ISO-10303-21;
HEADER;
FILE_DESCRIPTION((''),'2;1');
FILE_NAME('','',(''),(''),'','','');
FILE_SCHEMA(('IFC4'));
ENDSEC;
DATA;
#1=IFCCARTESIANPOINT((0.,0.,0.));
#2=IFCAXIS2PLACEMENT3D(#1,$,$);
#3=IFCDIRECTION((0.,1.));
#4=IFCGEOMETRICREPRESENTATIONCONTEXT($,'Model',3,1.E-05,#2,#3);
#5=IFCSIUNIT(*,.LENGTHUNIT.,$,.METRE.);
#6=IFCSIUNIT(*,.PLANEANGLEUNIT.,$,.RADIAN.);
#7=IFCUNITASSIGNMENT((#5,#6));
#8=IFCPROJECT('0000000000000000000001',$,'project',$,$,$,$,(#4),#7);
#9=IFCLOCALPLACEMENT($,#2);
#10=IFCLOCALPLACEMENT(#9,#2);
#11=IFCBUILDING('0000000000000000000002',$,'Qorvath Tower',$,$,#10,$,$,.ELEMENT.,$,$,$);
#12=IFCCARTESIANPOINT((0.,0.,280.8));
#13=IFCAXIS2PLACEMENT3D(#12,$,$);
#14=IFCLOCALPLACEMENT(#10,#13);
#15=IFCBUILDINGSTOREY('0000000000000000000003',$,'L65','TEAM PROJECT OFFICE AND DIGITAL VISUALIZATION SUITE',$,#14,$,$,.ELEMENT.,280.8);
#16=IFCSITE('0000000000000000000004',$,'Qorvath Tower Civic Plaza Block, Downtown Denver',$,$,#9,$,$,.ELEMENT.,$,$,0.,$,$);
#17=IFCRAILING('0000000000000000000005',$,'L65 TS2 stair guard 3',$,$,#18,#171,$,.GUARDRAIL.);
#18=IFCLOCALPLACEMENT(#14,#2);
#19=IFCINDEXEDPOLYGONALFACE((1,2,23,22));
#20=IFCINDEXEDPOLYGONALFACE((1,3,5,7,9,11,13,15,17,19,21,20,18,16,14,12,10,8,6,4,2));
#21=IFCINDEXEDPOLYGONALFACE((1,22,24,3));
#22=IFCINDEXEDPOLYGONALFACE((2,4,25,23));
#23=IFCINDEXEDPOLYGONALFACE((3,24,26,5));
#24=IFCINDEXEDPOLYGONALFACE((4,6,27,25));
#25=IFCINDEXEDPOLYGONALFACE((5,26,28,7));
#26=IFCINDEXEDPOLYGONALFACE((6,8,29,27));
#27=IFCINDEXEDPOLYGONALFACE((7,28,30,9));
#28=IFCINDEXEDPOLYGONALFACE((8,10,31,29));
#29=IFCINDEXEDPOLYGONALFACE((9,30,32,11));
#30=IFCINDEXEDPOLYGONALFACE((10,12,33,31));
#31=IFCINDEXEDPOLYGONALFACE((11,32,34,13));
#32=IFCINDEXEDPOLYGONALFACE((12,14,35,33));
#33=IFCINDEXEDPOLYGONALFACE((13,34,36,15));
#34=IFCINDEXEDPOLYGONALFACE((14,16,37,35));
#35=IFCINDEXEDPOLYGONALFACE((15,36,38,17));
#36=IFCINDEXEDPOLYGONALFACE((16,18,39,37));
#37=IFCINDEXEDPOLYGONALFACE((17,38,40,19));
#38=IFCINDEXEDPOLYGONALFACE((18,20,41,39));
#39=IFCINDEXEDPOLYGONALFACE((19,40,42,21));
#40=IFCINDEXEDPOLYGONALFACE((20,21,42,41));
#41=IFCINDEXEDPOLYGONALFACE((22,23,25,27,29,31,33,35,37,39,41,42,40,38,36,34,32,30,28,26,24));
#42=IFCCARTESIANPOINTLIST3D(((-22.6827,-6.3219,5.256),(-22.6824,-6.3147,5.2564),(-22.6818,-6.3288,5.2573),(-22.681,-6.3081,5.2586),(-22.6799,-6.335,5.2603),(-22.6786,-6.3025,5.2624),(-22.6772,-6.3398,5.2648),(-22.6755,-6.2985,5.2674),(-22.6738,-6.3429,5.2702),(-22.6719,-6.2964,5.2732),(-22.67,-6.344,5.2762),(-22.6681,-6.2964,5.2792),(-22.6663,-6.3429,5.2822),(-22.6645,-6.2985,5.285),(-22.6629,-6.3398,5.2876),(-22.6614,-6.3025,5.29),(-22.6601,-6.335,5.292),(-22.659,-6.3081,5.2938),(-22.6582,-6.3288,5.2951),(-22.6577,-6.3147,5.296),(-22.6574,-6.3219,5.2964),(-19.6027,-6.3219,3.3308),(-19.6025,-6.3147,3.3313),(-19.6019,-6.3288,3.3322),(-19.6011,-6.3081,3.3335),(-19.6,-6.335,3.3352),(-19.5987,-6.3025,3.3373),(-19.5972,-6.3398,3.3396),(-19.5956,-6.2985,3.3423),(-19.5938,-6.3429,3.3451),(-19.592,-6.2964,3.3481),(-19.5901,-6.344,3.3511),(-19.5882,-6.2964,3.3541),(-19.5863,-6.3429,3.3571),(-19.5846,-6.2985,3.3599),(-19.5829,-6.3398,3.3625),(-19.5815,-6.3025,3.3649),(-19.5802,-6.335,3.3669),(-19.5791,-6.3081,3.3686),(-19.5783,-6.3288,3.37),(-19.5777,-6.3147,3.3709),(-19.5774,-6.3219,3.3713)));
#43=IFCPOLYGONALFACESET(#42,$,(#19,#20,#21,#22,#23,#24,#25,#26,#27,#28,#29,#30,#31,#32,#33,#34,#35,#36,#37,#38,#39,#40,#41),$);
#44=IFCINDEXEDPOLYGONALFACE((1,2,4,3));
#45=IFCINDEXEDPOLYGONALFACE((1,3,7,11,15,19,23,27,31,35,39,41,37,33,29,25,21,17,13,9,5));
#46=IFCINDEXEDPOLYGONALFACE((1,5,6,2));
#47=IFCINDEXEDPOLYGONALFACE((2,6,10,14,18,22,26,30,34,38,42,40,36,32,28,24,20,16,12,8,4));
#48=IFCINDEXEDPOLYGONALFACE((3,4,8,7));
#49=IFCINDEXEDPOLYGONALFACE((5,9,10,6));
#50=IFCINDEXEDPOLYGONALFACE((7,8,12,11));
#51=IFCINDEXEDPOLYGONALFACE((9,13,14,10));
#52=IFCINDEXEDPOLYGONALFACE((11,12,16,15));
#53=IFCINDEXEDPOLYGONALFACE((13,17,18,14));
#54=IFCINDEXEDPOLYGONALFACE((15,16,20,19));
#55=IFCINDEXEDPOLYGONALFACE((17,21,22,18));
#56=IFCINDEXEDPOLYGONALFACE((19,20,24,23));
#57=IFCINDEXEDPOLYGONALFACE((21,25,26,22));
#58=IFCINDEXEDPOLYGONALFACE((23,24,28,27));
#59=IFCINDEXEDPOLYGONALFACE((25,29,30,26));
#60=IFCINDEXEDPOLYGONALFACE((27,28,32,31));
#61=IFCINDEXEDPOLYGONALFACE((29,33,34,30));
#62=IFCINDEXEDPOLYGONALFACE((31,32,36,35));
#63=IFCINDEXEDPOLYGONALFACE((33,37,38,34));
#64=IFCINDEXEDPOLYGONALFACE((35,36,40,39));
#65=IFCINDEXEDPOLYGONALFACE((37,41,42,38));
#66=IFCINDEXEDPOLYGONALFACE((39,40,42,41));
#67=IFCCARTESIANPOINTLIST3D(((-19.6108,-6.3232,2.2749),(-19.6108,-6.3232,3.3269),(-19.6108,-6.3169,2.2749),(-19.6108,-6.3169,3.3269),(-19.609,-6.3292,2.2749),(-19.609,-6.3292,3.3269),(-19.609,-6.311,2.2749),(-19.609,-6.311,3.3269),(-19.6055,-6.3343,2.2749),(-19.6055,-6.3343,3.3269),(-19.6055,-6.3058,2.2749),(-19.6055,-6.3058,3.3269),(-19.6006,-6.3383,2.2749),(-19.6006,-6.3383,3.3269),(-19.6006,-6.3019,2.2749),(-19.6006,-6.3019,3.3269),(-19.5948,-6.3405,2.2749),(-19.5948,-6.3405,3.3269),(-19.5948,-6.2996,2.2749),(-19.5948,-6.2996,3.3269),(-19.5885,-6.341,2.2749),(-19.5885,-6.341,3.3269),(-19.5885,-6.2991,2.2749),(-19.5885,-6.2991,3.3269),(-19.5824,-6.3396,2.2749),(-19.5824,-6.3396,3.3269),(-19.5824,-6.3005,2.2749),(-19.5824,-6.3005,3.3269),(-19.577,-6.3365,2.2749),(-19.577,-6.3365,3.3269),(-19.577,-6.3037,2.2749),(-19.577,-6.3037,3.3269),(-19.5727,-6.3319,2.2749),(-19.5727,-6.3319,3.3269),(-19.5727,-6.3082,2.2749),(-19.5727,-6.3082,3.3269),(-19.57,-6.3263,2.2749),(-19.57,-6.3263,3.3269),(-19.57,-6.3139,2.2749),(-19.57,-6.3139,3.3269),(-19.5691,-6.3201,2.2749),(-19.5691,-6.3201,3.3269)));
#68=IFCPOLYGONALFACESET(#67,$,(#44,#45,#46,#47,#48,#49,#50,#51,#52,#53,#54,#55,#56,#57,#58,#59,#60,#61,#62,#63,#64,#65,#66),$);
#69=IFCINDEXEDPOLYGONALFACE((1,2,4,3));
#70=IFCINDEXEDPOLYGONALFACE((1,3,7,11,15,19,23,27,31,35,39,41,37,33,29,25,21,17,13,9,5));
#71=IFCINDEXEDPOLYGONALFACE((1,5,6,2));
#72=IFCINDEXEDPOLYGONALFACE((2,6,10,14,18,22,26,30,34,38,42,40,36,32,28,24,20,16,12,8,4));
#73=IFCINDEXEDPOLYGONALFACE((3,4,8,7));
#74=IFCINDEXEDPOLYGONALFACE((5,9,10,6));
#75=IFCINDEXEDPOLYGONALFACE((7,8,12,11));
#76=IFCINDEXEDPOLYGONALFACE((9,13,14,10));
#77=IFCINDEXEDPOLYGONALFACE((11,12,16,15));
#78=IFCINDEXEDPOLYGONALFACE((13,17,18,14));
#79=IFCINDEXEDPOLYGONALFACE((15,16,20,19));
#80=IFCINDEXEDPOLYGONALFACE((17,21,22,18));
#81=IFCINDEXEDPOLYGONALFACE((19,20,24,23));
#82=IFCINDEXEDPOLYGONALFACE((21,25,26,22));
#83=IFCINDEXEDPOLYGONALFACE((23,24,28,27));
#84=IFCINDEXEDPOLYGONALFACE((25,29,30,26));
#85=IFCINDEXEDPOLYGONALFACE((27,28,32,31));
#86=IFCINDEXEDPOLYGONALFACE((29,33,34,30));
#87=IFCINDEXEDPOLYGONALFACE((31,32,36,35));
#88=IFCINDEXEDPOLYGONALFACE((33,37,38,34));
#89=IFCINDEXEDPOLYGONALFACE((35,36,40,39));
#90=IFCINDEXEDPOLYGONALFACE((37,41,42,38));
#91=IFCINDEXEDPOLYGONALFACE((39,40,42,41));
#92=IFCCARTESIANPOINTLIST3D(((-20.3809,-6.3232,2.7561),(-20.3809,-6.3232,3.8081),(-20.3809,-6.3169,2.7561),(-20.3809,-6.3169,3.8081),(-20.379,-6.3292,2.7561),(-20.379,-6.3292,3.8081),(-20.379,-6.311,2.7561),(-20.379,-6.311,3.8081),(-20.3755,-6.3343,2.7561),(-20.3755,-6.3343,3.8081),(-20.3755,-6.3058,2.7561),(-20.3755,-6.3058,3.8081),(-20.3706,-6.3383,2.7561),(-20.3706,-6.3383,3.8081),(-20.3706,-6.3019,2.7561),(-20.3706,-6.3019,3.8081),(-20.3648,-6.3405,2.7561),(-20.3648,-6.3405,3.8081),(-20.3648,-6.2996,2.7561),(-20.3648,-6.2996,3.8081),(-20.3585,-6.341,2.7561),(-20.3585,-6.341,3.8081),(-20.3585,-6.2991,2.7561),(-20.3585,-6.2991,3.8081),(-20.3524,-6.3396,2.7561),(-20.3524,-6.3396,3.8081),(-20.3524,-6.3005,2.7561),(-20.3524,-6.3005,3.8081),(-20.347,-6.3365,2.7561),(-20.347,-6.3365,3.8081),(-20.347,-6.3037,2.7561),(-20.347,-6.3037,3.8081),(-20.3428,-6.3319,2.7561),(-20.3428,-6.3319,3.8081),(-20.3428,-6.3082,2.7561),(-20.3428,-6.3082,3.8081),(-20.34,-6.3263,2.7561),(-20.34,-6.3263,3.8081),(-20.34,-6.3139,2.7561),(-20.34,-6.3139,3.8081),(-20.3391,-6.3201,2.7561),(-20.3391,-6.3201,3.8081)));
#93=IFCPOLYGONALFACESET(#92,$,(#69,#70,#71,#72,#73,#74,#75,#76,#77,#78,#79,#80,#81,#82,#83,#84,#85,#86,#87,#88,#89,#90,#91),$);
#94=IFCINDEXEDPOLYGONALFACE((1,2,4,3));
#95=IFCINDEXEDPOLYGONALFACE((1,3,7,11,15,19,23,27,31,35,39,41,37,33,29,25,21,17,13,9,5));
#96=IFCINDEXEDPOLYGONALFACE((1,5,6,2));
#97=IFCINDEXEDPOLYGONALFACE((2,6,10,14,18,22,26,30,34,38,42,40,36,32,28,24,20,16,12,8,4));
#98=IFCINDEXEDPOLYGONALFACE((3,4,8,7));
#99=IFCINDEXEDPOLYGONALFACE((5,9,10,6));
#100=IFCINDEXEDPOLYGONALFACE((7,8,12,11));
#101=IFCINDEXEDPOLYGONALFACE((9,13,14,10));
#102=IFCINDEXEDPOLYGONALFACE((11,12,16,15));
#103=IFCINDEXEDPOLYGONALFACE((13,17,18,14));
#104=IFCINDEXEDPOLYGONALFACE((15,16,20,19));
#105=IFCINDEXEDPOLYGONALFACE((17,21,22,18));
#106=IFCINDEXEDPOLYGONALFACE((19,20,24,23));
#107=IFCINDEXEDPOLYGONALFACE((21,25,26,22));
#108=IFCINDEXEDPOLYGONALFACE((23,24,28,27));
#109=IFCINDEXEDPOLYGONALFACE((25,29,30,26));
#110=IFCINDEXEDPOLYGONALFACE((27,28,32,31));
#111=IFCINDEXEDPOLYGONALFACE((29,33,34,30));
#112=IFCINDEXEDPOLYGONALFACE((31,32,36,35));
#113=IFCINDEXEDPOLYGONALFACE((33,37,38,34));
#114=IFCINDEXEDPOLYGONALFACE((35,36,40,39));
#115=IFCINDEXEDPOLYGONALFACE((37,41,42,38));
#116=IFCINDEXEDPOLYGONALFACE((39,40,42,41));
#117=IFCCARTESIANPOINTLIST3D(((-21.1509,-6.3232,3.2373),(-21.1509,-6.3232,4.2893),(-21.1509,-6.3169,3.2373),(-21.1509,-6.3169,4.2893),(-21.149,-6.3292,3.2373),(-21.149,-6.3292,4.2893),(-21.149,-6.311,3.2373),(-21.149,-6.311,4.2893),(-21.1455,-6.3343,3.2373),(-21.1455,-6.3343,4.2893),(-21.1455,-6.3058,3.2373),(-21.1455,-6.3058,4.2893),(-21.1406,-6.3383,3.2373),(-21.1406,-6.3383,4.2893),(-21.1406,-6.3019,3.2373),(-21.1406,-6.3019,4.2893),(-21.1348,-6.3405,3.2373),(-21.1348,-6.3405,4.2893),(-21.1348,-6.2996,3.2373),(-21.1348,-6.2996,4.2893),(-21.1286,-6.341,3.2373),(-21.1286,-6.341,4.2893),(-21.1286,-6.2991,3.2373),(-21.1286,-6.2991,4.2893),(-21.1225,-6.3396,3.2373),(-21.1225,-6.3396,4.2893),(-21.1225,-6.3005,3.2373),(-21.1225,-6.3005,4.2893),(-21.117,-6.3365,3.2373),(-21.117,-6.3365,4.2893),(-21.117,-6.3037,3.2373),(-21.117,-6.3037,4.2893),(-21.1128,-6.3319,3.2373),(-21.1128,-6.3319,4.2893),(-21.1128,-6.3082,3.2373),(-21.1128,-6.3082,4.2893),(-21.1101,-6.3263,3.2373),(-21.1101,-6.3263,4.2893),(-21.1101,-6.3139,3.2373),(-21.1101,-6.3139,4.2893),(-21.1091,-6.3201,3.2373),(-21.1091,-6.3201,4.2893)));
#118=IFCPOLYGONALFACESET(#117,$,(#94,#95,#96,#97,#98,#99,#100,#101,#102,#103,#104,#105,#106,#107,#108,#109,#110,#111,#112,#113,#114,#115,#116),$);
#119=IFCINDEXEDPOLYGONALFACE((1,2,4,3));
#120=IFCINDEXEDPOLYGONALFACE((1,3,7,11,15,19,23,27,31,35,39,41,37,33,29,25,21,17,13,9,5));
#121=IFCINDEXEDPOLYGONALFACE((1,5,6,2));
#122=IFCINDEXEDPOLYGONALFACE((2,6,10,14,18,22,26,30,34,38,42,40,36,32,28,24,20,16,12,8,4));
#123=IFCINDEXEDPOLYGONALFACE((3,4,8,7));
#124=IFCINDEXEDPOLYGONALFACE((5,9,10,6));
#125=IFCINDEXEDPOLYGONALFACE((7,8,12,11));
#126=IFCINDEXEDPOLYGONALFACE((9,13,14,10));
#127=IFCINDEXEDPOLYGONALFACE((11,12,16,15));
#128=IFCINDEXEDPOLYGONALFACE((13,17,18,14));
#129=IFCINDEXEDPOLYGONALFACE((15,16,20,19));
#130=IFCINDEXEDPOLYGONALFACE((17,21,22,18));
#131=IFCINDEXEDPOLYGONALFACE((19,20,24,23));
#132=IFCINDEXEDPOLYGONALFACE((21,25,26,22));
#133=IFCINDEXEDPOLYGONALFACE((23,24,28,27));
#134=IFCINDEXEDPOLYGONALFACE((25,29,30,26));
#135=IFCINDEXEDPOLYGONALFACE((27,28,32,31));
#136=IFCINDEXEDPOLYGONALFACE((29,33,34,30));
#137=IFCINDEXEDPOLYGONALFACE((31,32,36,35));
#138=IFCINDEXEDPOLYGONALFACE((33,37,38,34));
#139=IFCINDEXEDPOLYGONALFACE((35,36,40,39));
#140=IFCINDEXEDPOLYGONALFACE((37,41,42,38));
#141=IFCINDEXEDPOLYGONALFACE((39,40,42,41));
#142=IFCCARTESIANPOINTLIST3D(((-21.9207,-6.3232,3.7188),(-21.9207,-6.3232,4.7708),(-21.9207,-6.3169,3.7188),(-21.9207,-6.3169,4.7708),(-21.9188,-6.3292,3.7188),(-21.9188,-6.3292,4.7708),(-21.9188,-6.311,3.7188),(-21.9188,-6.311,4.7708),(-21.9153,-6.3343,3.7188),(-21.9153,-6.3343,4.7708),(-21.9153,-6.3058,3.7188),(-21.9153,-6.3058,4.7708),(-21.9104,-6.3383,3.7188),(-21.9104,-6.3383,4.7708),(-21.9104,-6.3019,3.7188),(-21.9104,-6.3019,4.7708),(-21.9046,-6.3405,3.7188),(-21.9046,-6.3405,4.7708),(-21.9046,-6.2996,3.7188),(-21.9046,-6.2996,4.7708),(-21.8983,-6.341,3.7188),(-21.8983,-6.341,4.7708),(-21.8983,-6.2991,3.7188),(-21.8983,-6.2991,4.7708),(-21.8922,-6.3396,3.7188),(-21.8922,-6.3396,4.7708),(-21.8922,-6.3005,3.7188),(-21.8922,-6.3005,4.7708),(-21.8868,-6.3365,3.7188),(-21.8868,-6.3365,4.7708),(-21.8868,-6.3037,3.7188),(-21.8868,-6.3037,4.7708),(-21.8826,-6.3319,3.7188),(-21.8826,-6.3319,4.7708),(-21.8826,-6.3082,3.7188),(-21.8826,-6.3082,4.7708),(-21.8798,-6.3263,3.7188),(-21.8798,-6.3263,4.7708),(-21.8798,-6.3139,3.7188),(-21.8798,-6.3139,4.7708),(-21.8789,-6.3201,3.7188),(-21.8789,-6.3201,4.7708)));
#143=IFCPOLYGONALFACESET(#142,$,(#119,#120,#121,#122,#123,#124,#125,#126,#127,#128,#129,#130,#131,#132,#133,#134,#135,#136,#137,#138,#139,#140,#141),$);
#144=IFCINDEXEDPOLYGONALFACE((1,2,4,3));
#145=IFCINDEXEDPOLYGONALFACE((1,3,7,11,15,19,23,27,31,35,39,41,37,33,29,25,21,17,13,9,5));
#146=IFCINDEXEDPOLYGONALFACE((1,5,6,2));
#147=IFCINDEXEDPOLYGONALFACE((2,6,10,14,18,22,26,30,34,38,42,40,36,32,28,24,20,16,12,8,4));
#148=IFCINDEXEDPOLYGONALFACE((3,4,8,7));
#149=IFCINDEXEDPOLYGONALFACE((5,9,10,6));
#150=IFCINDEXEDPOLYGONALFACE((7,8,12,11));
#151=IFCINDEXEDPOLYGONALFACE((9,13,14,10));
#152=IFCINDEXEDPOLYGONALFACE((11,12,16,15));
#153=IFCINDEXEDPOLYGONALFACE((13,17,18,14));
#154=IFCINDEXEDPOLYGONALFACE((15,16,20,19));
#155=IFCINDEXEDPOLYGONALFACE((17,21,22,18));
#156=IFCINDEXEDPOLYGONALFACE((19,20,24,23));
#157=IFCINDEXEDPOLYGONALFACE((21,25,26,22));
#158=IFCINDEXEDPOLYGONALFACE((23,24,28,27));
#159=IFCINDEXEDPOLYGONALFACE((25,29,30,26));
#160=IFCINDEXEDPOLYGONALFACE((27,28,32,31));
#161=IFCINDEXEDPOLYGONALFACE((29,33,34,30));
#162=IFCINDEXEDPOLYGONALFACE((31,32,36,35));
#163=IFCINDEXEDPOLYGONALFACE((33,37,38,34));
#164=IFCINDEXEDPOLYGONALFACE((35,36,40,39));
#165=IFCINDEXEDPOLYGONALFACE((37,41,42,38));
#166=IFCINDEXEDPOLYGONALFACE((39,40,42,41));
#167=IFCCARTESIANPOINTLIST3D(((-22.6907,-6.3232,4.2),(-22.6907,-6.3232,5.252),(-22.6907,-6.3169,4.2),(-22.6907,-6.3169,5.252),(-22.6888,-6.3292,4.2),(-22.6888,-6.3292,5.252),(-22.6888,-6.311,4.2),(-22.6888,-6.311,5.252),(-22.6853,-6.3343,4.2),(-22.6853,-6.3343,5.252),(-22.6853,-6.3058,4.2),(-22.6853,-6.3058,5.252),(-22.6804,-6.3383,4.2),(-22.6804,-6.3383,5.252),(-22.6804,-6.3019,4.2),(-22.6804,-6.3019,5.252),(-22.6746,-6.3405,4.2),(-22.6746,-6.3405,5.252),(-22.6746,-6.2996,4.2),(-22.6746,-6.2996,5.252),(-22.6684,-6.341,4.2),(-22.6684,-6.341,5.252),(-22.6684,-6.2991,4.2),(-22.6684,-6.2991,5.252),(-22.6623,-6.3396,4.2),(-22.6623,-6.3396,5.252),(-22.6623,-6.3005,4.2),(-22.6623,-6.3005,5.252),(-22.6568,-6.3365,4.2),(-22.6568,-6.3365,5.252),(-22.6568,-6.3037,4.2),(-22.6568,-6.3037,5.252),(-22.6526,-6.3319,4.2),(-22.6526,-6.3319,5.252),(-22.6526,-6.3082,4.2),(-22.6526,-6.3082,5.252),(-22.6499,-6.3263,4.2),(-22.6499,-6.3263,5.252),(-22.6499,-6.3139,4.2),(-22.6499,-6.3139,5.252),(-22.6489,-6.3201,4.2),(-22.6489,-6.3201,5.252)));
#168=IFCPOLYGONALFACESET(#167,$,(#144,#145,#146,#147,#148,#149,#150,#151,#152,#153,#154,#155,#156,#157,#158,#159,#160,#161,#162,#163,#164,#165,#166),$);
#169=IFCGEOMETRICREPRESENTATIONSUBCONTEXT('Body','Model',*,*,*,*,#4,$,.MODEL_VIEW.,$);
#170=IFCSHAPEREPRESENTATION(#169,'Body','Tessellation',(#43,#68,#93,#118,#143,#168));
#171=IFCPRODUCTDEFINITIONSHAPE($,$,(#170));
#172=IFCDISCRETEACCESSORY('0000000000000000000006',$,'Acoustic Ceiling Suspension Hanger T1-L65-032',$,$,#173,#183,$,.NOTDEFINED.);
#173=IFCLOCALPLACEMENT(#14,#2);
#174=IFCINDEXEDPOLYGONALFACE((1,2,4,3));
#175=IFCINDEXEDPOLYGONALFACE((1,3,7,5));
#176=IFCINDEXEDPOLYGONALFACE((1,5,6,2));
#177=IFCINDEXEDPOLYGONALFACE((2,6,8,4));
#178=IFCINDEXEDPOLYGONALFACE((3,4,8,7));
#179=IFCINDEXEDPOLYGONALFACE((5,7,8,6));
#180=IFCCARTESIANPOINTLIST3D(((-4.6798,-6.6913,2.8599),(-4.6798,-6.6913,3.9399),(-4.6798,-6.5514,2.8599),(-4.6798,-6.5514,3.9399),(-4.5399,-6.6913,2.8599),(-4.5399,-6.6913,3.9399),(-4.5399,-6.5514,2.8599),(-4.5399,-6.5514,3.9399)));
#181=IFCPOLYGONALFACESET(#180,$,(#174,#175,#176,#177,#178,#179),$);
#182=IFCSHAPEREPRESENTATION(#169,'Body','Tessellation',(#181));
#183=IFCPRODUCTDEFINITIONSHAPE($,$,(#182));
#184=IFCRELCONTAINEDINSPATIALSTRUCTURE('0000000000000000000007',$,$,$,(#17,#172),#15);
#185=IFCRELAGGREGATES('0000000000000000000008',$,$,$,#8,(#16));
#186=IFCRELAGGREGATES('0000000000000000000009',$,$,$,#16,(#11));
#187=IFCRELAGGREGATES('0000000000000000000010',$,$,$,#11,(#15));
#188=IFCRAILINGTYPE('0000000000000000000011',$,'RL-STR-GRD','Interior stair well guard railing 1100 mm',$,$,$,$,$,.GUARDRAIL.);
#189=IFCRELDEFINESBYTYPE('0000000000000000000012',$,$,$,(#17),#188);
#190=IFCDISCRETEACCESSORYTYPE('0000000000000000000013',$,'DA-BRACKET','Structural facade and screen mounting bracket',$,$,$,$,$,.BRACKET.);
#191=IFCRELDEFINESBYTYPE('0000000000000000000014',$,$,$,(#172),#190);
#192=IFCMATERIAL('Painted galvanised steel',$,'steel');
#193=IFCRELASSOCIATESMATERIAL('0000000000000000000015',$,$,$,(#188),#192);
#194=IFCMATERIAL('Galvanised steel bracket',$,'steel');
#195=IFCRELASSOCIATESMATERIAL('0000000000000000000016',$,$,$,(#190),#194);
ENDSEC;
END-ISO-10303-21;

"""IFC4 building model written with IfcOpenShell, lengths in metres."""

from ifc_helpers import new_model, si_unit, direction, frame, origin, origin_2d, place, context, subcontext, project, spatial, rectangle, circle, extrude, material, type_object, element, save


model = new_model("IFC4")

# Units and contexts
model_context = context("Model", 3, precision=1e-05, world=origin(), true_north=direction((0.0, 1.0)))
body_context = subcontext(model_context, "Body", "Model", "MODEL_VIEW")
ifc_project = project(units=[si_unit("LENGTHUNIT", "METRE"), si_unit("PLANEANGLEUNIT", "RADIAN")], contexts=[model_context])

# Site, building, storey
site_placement = place(None, origin())
site = spatial("IfcSite", under=ifc_project, at=site_placement, Name="Qorvath Tower Civic Plaza Block, Downtown Denver", CompositionType="ELEMENT", RefElevation=0.0)
building_placement = place(site_placement, origin())
building = spatial("IfcBuilding", under=site, at=building_placement, Name="Qorvath Tower", CompositionType="ELEMENT")
storey_placement = place(building_placement, frame((0.0, 0.0, 280.8)))
storey = spatial("IfcBuildingStorey", under=building, at=storey_placement, Name="L65", Description="TEAM PROJECT OFFICE AND DIGITAL VISUALIZATION SUITE", CompositionType="ELEMENT", Elevation=280.8)

# Railing
ifc_material_1 = material(Name="Painted galvanised steel", Category="steel")
railing_type = type_object("IfcRailingType", Name="RL-STR-GRD", Description="Interior stair well guard railing 1100 mm", PredefinedType="GUARDRAIL", material=ifc_material_1)
railing_1_placement = place(storey_placement, frame((-19.5901, -6.3201, 2.2749)))
element("IfcRailing", 1, at=railing_1_placement, inside=storey, type_object=railing_type, Name="L65 TS2 stair guard 3", PredefinedType="GUARDRAIL", context=body_context, shape_type="SweptSolid", body=[
    extrude(circle(Radius=0.0239, at=origin_2d()), frame((0.0, 0.0, 1.0762), z_axis=(-0.847979, 0.0, 0.530029), x_axis=(0.0, -1.0, 0.0)), (0.0, 0.0, 1.0), 3.6321),
    extrude(circle(Radius=0.021, at=origin_2d()), origin(), (0.0, 0.0, 1.0), 1.052),
    extrude(circle(Radius=0.021, at=origin_2d()), frame((-0.77, 0.0, 0.4812)), (0.0, 0.0, 1.0), 1.052),
    extrude(circle(Radius=0.021, at=origin_2d()), frame((-1.54, 0.0, 0.9624)), (0.0, 0.0, 1.0), 1.052),
    extrude(circle(Radius=0.021, at=origin_2d()), frame((-2.3098, 0.0, 1.4438)), (0.0, 0.0, 1.0), 1.052),
    extrude(circle(Radius=0.021, at=origin_2d()), frame((-3.0798, 0.0, 1.925)), (0.0, 0.0, 1.0), 1.052),
])

# Discrete accessory
ifc_material_2 = material(Name="Galvanised steel bracket", Category="steel")
discrete_accessory_type = type_object("IfcDiscreteAccessoryType", Name="DA-BRACKET", Description="Structural facade and screen mounting bracket", PredefinedType="BRACKET", material=ifc_material_2)
discrete_accessory_placement = place(storey_placement, frame((-4.6099, -6.6213, 2.8599), z_axis=(0.0, 0.0, 1.0), x_axis=(1.0, 0.0, 0.0)))
element("IfcDiscreteAccessory", 2, at=discrete_accessory_placement, inside=storey, type_object=discrete_accessory_type, Name="Acoustic Ceiling Suspension Hanger T1-L65-032", PredefinedType="NOTDEFINED", context=body_context, shape_type="SweptSolid", body=[
    extrude(rectangle(XDim=0.1399, YDim=0.1399, at=origin_2d()), origin(), (0.0, 0.0, 1.0), 1.0801),
])

save(model, "model.ifc")
